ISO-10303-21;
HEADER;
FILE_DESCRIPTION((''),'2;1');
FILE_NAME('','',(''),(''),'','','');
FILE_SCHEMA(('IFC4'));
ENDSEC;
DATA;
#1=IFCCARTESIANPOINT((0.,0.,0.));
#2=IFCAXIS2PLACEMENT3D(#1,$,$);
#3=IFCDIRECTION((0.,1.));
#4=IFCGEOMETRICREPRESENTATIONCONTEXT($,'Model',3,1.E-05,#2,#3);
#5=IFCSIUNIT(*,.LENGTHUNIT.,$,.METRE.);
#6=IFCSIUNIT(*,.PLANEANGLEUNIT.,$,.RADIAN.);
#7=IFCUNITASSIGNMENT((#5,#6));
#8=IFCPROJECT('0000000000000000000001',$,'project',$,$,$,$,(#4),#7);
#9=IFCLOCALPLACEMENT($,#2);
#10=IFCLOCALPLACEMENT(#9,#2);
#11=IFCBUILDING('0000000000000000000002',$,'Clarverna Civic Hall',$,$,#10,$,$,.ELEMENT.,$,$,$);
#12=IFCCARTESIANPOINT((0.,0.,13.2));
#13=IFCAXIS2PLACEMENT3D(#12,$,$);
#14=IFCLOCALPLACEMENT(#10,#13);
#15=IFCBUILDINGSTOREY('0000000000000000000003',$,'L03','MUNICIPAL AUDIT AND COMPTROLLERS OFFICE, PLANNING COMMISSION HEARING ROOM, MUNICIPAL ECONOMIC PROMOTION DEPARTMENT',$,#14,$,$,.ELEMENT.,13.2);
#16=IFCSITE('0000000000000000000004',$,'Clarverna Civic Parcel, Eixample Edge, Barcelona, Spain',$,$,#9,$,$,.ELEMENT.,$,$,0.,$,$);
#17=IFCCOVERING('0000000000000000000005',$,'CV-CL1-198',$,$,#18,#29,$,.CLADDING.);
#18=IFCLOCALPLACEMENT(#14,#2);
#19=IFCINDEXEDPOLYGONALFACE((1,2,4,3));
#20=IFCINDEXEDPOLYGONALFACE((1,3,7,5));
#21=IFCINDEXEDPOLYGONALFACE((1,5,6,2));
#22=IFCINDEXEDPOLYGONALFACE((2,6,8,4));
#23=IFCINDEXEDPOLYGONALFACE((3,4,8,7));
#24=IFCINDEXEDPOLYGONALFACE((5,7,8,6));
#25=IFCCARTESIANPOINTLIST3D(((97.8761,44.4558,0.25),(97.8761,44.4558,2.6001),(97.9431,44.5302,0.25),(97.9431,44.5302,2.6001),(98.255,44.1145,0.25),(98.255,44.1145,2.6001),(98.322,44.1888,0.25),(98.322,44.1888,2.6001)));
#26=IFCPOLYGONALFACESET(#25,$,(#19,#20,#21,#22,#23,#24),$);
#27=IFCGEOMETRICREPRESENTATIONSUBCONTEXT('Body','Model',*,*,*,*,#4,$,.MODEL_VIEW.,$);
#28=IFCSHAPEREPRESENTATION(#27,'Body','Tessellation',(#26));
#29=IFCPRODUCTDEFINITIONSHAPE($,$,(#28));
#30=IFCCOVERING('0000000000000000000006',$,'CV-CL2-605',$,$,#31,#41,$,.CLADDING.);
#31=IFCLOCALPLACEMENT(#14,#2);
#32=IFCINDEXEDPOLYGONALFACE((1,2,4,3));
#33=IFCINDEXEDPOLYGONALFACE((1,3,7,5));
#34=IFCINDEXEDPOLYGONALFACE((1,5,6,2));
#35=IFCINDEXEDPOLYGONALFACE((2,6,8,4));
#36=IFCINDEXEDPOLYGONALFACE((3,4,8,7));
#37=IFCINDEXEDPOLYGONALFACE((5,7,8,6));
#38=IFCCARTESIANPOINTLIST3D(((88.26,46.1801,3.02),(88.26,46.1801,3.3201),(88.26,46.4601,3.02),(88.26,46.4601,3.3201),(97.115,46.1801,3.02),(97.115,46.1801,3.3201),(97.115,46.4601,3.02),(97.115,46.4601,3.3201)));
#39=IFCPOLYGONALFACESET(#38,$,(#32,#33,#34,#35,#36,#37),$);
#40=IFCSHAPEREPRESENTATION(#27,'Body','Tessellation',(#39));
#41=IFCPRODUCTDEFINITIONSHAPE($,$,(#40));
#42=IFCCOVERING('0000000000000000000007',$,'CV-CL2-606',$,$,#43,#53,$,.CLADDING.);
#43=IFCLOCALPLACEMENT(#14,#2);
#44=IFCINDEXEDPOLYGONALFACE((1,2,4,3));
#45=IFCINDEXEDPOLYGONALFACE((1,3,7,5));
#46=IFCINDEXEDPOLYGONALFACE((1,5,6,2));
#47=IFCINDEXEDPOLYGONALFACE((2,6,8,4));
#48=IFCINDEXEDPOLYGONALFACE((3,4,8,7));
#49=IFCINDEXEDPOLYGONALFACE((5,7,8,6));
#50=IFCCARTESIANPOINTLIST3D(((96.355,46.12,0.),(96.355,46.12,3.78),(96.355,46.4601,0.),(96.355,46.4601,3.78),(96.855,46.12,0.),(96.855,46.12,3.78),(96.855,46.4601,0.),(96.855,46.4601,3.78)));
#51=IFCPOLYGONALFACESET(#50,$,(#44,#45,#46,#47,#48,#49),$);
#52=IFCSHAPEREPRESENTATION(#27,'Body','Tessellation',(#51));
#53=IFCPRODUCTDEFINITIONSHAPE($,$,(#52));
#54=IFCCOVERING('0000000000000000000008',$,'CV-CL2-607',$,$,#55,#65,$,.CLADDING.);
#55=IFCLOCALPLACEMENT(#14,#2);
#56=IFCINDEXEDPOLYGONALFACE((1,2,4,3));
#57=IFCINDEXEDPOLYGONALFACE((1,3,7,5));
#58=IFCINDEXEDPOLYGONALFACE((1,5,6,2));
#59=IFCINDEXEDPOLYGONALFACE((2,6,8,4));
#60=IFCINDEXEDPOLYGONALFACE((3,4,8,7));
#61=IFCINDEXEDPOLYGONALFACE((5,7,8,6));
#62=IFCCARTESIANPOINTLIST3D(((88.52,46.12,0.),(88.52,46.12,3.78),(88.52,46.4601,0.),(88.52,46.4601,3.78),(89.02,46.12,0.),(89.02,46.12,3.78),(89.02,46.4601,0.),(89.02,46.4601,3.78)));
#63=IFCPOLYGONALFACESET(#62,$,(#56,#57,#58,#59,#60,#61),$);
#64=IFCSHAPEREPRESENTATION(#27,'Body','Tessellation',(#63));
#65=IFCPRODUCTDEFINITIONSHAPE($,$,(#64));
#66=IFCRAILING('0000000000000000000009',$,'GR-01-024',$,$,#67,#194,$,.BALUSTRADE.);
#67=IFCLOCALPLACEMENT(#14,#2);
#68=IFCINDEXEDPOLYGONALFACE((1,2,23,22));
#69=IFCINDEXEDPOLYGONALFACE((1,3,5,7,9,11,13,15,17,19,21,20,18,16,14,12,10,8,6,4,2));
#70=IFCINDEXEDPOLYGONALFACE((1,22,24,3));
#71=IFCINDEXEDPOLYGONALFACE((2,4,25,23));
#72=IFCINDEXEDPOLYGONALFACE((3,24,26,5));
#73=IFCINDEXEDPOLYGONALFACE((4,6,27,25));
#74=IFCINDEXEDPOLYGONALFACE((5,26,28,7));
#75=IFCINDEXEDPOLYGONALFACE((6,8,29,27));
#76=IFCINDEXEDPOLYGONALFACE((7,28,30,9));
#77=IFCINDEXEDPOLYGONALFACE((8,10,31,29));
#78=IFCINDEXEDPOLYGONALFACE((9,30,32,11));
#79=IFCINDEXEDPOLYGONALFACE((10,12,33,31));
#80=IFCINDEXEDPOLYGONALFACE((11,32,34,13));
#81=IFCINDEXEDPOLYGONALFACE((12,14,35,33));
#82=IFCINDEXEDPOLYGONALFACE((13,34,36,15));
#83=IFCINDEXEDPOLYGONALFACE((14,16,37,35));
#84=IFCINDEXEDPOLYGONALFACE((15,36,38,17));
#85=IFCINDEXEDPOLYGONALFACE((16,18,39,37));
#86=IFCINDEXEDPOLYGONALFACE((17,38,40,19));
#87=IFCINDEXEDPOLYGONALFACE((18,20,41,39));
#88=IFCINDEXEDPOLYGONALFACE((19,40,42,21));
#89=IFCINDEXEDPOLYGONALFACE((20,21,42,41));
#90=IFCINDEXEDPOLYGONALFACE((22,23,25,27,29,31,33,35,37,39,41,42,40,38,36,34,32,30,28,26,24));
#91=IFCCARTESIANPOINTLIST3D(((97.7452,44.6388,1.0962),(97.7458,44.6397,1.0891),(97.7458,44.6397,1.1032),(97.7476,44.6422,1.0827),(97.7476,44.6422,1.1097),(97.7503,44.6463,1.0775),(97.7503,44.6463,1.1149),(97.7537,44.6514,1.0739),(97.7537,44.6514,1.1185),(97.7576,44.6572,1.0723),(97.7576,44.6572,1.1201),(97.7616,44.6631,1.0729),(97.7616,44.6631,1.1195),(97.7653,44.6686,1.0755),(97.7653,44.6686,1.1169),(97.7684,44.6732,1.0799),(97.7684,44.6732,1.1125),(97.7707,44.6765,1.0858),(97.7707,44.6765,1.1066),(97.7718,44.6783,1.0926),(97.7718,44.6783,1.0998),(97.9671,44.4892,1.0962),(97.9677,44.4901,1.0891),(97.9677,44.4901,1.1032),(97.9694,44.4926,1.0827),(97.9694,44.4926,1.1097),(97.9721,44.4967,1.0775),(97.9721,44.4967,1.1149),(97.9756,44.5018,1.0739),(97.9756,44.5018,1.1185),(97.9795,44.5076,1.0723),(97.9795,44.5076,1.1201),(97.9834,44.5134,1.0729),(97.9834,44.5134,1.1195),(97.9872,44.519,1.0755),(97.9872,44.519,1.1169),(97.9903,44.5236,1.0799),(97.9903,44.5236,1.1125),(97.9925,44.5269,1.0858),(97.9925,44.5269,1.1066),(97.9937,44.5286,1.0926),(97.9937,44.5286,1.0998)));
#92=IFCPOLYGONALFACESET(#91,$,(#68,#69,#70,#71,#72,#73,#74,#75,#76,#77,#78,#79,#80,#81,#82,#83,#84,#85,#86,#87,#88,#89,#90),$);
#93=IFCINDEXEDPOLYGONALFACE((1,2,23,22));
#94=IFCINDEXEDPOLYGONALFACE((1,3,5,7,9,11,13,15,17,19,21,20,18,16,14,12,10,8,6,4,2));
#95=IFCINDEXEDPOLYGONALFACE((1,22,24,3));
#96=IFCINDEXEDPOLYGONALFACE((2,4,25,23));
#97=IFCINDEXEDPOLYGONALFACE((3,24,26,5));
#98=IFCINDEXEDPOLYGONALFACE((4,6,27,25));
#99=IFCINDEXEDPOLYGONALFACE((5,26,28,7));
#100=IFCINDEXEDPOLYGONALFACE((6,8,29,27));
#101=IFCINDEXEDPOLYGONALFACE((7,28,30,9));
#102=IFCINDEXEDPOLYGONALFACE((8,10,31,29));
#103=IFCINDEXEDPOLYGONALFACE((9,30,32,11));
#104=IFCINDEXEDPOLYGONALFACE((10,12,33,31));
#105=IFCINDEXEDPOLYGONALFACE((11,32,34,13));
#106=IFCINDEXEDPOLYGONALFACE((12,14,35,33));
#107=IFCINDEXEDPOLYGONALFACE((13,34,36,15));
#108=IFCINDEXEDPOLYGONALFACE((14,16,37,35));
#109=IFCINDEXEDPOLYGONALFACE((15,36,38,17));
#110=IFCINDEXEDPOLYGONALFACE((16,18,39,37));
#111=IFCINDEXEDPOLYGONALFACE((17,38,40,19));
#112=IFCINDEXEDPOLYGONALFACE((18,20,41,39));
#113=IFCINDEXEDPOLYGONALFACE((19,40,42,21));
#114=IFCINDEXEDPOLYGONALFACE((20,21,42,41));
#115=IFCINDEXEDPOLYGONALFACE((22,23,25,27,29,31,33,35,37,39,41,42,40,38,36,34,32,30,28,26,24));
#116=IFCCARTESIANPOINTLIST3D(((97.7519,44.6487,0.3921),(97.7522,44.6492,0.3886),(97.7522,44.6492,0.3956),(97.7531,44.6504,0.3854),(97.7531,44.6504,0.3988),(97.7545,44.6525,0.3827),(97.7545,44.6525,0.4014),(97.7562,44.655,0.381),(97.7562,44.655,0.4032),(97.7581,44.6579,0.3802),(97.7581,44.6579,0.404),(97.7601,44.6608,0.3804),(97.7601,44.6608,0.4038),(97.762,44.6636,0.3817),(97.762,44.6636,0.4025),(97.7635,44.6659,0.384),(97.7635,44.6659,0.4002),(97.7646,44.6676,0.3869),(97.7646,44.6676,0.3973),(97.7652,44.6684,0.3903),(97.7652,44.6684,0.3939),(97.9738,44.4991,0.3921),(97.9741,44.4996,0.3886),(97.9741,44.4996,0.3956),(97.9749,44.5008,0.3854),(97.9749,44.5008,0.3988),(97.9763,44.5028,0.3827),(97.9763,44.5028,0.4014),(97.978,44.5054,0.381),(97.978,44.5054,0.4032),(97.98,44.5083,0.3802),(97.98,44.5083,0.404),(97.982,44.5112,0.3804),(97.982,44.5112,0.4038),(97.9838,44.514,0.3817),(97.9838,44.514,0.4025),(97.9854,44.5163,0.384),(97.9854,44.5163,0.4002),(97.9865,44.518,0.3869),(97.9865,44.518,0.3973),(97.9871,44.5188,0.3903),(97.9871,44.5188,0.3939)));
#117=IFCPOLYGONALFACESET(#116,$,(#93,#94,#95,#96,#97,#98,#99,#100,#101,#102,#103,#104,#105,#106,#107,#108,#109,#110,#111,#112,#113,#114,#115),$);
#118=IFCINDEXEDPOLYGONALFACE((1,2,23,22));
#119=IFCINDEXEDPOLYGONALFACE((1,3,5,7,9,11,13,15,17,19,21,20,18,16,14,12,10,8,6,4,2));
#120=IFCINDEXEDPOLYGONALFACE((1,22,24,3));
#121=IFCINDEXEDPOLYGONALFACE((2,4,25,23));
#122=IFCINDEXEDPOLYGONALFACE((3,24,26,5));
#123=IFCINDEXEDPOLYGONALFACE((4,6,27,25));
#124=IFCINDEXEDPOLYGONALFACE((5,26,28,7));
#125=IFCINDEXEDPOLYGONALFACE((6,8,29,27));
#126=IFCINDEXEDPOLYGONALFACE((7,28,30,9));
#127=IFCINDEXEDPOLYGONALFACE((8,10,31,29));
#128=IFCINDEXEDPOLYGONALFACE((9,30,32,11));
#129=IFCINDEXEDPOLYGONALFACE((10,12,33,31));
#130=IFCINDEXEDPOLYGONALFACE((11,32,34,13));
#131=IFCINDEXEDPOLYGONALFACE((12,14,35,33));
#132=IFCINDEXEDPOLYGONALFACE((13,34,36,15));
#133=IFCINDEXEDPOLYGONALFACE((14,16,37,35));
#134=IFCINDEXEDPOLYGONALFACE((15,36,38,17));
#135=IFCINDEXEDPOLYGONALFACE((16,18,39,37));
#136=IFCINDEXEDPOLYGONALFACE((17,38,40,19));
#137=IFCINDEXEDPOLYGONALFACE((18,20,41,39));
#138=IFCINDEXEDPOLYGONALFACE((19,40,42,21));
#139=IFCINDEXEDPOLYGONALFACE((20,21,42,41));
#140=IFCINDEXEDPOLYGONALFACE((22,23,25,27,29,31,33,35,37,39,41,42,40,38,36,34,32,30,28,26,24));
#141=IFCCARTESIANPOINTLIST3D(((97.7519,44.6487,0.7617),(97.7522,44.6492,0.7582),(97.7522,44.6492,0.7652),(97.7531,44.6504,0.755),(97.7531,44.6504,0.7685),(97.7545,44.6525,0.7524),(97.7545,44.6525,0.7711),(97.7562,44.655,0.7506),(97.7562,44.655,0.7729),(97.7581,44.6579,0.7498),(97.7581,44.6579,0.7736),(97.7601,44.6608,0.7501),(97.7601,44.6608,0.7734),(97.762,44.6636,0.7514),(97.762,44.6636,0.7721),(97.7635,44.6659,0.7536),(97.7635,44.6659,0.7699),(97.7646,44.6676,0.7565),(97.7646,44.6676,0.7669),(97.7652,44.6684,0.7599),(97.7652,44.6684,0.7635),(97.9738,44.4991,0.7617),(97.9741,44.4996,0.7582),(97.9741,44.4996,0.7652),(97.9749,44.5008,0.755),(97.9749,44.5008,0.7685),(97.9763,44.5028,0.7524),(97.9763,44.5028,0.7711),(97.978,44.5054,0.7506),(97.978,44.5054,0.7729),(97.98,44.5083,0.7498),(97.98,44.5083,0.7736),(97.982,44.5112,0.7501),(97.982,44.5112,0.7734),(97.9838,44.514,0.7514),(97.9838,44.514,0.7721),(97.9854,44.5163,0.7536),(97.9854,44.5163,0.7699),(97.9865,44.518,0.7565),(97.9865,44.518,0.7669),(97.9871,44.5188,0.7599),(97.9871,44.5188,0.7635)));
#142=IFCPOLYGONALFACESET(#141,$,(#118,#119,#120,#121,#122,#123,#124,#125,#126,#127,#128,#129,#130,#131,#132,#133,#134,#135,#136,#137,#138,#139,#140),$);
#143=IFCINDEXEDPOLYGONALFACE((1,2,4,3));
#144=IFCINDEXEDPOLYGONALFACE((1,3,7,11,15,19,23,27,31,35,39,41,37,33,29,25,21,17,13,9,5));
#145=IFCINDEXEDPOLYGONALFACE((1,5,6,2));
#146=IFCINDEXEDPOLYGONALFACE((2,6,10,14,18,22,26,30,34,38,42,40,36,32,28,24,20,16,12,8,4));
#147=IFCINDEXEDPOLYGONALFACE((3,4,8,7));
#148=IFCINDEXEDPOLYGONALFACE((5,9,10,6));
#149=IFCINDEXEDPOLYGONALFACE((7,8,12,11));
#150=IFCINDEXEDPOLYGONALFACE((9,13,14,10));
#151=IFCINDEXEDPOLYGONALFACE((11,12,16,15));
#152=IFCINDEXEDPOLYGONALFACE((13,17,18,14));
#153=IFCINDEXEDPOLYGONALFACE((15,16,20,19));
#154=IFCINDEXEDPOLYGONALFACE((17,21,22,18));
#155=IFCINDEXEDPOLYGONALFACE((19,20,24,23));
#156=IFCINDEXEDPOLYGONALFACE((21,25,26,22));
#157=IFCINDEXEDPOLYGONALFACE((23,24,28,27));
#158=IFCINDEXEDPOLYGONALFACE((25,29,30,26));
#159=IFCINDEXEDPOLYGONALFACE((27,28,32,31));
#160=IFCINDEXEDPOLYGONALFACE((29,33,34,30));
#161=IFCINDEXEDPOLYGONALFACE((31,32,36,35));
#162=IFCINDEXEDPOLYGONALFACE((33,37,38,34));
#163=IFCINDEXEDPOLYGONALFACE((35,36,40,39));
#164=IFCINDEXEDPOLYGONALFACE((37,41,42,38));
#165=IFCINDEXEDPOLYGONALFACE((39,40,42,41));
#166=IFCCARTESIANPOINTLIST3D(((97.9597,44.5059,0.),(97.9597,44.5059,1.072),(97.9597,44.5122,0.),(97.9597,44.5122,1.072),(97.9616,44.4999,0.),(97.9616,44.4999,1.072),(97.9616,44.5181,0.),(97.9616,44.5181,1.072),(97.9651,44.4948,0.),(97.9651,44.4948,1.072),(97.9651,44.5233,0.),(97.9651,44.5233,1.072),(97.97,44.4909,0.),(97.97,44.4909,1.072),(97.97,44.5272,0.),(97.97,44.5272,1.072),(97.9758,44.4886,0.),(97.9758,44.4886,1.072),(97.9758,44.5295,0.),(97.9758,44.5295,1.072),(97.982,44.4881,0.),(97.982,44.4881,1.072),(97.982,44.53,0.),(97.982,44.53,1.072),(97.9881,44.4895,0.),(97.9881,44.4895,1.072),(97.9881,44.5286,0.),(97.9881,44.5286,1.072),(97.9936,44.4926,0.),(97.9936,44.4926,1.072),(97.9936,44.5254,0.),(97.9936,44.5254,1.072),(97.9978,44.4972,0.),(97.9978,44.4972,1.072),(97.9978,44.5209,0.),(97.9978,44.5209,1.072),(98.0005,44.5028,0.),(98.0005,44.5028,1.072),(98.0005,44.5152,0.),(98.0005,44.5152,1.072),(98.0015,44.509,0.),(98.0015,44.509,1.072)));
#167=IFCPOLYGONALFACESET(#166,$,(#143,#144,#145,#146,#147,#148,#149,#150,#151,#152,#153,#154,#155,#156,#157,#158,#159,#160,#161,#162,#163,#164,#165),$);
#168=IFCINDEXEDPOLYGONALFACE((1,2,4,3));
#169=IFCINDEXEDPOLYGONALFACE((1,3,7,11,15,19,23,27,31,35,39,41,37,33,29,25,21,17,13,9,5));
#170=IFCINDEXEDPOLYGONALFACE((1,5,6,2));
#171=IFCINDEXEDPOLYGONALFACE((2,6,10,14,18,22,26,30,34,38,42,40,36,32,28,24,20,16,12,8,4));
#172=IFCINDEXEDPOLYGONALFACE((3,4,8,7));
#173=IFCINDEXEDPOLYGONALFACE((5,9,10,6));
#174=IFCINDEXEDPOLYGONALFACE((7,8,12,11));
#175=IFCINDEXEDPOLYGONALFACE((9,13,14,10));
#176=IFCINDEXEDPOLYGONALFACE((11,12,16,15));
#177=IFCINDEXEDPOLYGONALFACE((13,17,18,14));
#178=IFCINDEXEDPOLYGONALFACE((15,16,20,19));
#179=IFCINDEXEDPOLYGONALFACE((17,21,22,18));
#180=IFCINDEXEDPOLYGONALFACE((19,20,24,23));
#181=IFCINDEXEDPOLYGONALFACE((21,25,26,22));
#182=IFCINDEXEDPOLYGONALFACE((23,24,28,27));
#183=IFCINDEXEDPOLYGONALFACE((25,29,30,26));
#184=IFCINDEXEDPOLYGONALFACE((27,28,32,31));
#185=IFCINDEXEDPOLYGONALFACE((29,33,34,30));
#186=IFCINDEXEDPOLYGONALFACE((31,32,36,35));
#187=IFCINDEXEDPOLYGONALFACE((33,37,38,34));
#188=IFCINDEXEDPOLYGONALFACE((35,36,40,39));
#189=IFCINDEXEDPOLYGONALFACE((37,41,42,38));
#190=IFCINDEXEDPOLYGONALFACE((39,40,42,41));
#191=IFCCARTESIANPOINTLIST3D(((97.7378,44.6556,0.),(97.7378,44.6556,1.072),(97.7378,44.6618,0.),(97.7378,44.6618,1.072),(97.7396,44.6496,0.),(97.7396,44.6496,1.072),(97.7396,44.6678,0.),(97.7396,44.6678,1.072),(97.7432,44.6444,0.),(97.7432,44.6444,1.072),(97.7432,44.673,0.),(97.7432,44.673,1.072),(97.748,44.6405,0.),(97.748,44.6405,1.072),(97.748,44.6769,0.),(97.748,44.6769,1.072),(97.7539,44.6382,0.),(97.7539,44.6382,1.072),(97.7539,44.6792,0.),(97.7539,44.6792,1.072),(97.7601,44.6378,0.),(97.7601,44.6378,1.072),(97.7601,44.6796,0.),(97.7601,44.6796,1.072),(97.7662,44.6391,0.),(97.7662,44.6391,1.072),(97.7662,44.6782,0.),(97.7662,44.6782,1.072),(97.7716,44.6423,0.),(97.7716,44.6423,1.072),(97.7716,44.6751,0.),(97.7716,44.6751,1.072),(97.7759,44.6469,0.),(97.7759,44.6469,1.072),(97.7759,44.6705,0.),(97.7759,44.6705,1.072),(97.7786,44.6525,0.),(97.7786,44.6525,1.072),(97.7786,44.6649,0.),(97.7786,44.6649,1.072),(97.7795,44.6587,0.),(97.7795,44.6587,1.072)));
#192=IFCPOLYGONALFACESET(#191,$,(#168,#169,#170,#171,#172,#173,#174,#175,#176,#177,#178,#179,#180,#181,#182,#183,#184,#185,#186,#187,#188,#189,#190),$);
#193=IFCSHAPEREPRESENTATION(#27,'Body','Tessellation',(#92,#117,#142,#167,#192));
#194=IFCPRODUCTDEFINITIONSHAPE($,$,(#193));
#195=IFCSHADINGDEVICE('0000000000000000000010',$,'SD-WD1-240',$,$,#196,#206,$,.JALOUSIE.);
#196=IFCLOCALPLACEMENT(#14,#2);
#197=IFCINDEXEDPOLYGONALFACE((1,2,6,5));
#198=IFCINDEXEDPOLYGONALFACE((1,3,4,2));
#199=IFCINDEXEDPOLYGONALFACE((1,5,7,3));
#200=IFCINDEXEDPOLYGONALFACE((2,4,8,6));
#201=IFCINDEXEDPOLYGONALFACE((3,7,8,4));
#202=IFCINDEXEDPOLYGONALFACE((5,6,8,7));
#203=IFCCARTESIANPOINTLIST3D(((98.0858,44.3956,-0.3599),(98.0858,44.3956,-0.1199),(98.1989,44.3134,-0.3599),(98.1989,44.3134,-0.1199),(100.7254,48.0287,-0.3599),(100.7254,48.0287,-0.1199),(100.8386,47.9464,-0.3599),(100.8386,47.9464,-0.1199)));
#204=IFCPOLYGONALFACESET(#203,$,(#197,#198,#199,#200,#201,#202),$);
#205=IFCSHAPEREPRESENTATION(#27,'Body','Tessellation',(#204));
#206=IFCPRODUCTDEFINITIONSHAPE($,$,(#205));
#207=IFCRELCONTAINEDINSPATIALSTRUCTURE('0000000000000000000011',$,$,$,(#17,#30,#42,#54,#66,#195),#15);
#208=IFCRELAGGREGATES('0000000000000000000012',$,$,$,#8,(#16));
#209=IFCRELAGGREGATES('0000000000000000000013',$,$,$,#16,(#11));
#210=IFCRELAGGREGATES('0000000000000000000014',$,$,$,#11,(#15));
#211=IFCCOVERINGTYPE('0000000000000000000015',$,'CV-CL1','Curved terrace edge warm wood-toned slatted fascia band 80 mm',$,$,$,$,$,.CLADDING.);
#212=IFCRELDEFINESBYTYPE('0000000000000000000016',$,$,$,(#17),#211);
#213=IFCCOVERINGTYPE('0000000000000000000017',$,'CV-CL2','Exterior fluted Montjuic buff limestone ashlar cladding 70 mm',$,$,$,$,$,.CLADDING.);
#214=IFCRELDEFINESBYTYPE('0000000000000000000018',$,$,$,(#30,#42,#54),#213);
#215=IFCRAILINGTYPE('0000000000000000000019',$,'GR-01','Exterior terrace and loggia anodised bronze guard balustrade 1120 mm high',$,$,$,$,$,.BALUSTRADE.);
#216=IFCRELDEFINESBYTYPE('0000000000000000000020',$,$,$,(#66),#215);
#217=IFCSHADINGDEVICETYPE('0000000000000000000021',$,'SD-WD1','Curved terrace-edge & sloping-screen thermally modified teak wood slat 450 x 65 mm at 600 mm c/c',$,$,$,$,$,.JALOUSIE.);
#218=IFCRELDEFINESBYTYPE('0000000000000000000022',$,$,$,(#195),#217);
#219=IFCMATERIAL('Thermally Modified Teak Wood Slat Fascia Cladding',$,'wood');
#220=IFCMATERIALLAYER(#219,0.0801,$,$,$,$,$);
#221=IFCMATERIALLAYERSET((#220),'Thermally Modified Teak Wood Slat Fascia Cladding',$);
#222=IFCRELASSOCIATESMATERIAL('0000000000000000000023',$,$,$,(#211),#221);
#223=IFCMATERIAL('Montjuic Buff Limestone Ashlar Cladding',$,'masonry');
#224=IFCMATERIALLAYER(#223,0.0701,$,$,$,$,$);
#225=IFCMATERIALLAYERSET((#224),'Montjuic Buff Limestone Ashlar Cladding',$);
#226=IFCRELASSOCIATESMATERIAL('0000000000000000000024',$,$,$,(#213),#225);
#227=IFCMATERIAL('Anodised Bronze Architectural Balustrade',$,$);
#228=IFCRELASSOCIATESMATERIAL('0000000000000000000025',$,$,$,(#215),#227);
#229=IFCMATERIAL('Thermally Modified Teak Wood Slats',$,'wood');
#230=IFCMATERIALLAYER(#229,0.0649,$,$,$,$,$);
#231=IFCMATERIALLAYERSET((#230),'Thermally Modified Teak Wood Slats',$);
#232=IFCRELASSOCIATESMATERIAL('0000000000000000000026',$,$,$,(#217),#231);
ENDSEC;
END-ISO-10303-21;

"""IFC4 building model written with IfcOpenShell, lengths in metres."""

from ifc_helpers import new_model, si_unit, direction, frame, frame_2d, origin, origin_2d, place, context, subcontext, project, spatial, rectangle, circle, extrude, material, layer, layer_set, type_object, element, save


model = new_model("IFC4")

# Units and contexts
model_context = context("Model", 3, precision=1e-05, world=origin(), true_north=direction((0.0, 1.0)))
body_context = subcontext(model_context, "Body", "Model", "MODEL_VIEW")
ifc_project = project(units=[si_unit("LENGTHUNIT", "METRE"), si_unit("PLANEANGLEUNIT", "RADIAN")], contexts=[model_context])

# Site, building, storey
site_placement = place(None, origin())
site = spatial("IfcSite", under=ifc_project, at=site_placement, Name="Clarverna Civic Parcel, Eixample Edge, Barcelona, Spain", CompositionType="ELEMENT", RefElevation=0.0)
building_placement = place(site_placement, origin())
building = spatial("IfcBuilding", under=site, at=building_placement, Name="Clarverna Civic Hall", CompositionType="ELEMENT")
storey_placement = place(building_placement, frame((0.0, 0.0, 13.2)))
storey = spatial("IfcBuildingStorey", under=building, at=storey_placement, Name="L03", Description="MUNICIPAL AUDIT AND COMPTROLLERS OFFICE, PLANNING COMMISSION HEARING ROOM, MUNICIPAL ECONOMIC PROMOTION DEPARTMENT", CompositionType="ELEMENT", Elevation=13.2)

# Coverings
ifc_material_1 = material(Name="Thermally Modified Teak Wood Slat Fascia Cladding", Category="wood")
ifc_layer_1 = layer(ifc_material_1, 0.0801)
ifc_layer_set_1 = layer_set([ifc_layer_1], Name="Thermally Modified Teak Wood Slat Fascia Cladding")
covering_type_1 = type_object("IfcCoveringType", Name="CV-CL1", Description="Curved terrace edge warm wood-toned slatted fascia band 80 mm", PredefinedType="CLADDING", material=ifc_layer_set_1)
covering_1_placement = place(storey_placement, frame((97.9097, 44.4929, 0.25), z_axis=(0.0, 0.0, 1.0), x_axis=(0.743008, -0.669282, 0.0)))
element("IfcCovering", 1, at=covering_1_placement, inside=storey, type_object=covering_type_1, Name="CV-CL1-198", PredefinedType="CLADDING", context=body_context, shape_type="SweptSolid", body=[
    extrude(rectangle(XDim=0.51, YDim=0.1001, at=frame_2d((0.2549, 0.0))), origin(), (0.0, 0.0, 1.0), 2.3501),
])
ifc_material_2 = material(Name="Montjuic Buff Limestone Ashlar Cladding", Category="masonry")
ifc_layer_2 = layer(ifc_material_2, 0.0701)
ifc_layer_set_2 = layer_set([ifc_layer_2], Name="Montjuic Buff Limestone Ashlar Cladding")
covering_type_2 = type_object("IfcCoveringType", Name="CV-CL2", Description="Exterior fluted Montjuic buff limestone ashlar cladding 70 mm", PredefinedType="CLADDING", material=ifc_layer_set_2)
covering_2_placement = place(storey_placement, frame((97.115, 46.3201, 3.02), z_axis=(0.0, 0.0, 1.0), x_axis=(-1.0, 0.0, 0.0)))
element("IfcCovering", 2, at=covering_2_placement, inside=storey, type_object=covering_type_2, Name="CV-CL2-605", PredefinedType="CLADDING", context=body_context, shape_type="SweptSolid", body=[
    extrude(rectangle(XDim=8.855, YDim=0.28, at=frame_2d((4.4275, 0.0))), origin(), (0.0, 0.0, 1.0), 0.3),
])
for number, where, z_axis, x_axis, name in (
    (3, (96.855, 46.29, 0.0), (0.0, 0.0, 1.0), (-1.0, 0.0, 0.0), "CV-CL2-606"),
    (4, (89.02, 46.29, 0.0), (0.0, 0.0, 1.0), (-1.0, 0.0, 0.0), "CV-CL2-607"),
):
    element("IfcCovering", number, at=place(storey_placement, frame(where, z_axis=z_axis, x_axis=x_axis)), inside=storey, type_object=covering_type_2, Name=name, PredefinedType="CLADDING", context=body_context, shape_type="SweptSolid", body=[
        extrude(rectangle(XDim=0.5, YDim=0.3401, at=frame_2d((0.25, 0.0))), origin(), (0.0, 0.0, 1.0), 3.78),
    ])

# Railing
ifc_material_3 = material(Name="Anodised Bronze Architectural Balustrade")
railing_type = type_object("IfcRailingType", Name="GR-01", Description="Exterior terrace and loggia anodised bronze guard balustrade 1120 mm high", PredefinedType="BALUSTRADE", material=ifc_material_3)
railing_placement = place(storey_placement, frame((97.9805, 44.509, 0.0)))
element("IfcRailing", 5, at=railing_placement, inside=storey, type_object=railing_type, Name="GR-01-024", PredefinedType="BALUSTRADE", context=body_context, shape_type="SweptSolid", body=[
    extrude(circle(Radius=0.0239, at=origin_2d()), frame((0.0, 0.0, 1.0962), z_axis=(-0.829092, 0.559113, 0.0), x_axis=(-0.559113, -0.829092, 0.0)), (0.0, 0.0, 1.0), 0.2676),
    extrude(circle(Radius=0.012, at=origin_2d()), frame((0.0, 0.0, 0.3921), z_axis=(-0.829092, 0.559113, 0.0), x_axis=(-0.559113, -0.829092, 0.0)), (0.0, 0.0, 1.0), 0.2676),
    extrude(circle(Radius=0.012, at=origin_2d()), frame((0.0, 0.0, 0.7617), z_axis=(-0.829092, 0.559113, 0.0), x_axis=(-0.559113, -0.829092, 0.0)), (0.0, 0.0, 1.0), 0.2676),
    extrude(circle(Radius=0.021, at=origin_2d()), origin(), (0.0, 0.0, 1.0), 1.072),
    extrude(circle(Radius=0.021, at=origin_2d()), frame((-0.2219, 0.1497, 0.0)), (0.0, 0.0, 1.0), 1.072),
])

# Shading device
ifc_material_4 = material(Name="Thermally Modified Teak Wood Slats", Category="wood")
ifc_layer_3 = layer(ifc_material_4, 0.0649)
ifc_layer_set_3 = layer_set([ifc_layer_3], Name="Thermally Modified Teak Wood Slats")
shading_device_type = type_object("IfcShadingDeviceType", Name="SD-WD1", Description="Curved terrace-edge & sloping-screen thermally modified teak wood slat 450 x 65 mm at 600 mm c/c", PredefinedType="JALOUSIE", material=ifc_layer_set_3)
for number, where, z_axis, x_axis, name in (
    (6, (100.782, 47.9875, -0.3599), (0.0, 0.0, 1.0), (-0.587797, -0.809009, 0.0), "SD-WD1-240"),
):
    element("IfcShadingDevice", number, at=place(storey_placement, frame(where, z_axis=z_axis, x_axis=x_axis)), inside=storey, type_object=shading_device_type, Name=name, PredefinedType="JALOUSIE", context=body_context, shape_type="SweptSolid", body=[
        extrude(rectangle(XDim=4.4907, YDim=0.1399, at=frame_2d((2.2454, 0.0))), origin(), (0.0, 0.0, 1.0), 0.24),
    ])

save(model, "model.ifc")
